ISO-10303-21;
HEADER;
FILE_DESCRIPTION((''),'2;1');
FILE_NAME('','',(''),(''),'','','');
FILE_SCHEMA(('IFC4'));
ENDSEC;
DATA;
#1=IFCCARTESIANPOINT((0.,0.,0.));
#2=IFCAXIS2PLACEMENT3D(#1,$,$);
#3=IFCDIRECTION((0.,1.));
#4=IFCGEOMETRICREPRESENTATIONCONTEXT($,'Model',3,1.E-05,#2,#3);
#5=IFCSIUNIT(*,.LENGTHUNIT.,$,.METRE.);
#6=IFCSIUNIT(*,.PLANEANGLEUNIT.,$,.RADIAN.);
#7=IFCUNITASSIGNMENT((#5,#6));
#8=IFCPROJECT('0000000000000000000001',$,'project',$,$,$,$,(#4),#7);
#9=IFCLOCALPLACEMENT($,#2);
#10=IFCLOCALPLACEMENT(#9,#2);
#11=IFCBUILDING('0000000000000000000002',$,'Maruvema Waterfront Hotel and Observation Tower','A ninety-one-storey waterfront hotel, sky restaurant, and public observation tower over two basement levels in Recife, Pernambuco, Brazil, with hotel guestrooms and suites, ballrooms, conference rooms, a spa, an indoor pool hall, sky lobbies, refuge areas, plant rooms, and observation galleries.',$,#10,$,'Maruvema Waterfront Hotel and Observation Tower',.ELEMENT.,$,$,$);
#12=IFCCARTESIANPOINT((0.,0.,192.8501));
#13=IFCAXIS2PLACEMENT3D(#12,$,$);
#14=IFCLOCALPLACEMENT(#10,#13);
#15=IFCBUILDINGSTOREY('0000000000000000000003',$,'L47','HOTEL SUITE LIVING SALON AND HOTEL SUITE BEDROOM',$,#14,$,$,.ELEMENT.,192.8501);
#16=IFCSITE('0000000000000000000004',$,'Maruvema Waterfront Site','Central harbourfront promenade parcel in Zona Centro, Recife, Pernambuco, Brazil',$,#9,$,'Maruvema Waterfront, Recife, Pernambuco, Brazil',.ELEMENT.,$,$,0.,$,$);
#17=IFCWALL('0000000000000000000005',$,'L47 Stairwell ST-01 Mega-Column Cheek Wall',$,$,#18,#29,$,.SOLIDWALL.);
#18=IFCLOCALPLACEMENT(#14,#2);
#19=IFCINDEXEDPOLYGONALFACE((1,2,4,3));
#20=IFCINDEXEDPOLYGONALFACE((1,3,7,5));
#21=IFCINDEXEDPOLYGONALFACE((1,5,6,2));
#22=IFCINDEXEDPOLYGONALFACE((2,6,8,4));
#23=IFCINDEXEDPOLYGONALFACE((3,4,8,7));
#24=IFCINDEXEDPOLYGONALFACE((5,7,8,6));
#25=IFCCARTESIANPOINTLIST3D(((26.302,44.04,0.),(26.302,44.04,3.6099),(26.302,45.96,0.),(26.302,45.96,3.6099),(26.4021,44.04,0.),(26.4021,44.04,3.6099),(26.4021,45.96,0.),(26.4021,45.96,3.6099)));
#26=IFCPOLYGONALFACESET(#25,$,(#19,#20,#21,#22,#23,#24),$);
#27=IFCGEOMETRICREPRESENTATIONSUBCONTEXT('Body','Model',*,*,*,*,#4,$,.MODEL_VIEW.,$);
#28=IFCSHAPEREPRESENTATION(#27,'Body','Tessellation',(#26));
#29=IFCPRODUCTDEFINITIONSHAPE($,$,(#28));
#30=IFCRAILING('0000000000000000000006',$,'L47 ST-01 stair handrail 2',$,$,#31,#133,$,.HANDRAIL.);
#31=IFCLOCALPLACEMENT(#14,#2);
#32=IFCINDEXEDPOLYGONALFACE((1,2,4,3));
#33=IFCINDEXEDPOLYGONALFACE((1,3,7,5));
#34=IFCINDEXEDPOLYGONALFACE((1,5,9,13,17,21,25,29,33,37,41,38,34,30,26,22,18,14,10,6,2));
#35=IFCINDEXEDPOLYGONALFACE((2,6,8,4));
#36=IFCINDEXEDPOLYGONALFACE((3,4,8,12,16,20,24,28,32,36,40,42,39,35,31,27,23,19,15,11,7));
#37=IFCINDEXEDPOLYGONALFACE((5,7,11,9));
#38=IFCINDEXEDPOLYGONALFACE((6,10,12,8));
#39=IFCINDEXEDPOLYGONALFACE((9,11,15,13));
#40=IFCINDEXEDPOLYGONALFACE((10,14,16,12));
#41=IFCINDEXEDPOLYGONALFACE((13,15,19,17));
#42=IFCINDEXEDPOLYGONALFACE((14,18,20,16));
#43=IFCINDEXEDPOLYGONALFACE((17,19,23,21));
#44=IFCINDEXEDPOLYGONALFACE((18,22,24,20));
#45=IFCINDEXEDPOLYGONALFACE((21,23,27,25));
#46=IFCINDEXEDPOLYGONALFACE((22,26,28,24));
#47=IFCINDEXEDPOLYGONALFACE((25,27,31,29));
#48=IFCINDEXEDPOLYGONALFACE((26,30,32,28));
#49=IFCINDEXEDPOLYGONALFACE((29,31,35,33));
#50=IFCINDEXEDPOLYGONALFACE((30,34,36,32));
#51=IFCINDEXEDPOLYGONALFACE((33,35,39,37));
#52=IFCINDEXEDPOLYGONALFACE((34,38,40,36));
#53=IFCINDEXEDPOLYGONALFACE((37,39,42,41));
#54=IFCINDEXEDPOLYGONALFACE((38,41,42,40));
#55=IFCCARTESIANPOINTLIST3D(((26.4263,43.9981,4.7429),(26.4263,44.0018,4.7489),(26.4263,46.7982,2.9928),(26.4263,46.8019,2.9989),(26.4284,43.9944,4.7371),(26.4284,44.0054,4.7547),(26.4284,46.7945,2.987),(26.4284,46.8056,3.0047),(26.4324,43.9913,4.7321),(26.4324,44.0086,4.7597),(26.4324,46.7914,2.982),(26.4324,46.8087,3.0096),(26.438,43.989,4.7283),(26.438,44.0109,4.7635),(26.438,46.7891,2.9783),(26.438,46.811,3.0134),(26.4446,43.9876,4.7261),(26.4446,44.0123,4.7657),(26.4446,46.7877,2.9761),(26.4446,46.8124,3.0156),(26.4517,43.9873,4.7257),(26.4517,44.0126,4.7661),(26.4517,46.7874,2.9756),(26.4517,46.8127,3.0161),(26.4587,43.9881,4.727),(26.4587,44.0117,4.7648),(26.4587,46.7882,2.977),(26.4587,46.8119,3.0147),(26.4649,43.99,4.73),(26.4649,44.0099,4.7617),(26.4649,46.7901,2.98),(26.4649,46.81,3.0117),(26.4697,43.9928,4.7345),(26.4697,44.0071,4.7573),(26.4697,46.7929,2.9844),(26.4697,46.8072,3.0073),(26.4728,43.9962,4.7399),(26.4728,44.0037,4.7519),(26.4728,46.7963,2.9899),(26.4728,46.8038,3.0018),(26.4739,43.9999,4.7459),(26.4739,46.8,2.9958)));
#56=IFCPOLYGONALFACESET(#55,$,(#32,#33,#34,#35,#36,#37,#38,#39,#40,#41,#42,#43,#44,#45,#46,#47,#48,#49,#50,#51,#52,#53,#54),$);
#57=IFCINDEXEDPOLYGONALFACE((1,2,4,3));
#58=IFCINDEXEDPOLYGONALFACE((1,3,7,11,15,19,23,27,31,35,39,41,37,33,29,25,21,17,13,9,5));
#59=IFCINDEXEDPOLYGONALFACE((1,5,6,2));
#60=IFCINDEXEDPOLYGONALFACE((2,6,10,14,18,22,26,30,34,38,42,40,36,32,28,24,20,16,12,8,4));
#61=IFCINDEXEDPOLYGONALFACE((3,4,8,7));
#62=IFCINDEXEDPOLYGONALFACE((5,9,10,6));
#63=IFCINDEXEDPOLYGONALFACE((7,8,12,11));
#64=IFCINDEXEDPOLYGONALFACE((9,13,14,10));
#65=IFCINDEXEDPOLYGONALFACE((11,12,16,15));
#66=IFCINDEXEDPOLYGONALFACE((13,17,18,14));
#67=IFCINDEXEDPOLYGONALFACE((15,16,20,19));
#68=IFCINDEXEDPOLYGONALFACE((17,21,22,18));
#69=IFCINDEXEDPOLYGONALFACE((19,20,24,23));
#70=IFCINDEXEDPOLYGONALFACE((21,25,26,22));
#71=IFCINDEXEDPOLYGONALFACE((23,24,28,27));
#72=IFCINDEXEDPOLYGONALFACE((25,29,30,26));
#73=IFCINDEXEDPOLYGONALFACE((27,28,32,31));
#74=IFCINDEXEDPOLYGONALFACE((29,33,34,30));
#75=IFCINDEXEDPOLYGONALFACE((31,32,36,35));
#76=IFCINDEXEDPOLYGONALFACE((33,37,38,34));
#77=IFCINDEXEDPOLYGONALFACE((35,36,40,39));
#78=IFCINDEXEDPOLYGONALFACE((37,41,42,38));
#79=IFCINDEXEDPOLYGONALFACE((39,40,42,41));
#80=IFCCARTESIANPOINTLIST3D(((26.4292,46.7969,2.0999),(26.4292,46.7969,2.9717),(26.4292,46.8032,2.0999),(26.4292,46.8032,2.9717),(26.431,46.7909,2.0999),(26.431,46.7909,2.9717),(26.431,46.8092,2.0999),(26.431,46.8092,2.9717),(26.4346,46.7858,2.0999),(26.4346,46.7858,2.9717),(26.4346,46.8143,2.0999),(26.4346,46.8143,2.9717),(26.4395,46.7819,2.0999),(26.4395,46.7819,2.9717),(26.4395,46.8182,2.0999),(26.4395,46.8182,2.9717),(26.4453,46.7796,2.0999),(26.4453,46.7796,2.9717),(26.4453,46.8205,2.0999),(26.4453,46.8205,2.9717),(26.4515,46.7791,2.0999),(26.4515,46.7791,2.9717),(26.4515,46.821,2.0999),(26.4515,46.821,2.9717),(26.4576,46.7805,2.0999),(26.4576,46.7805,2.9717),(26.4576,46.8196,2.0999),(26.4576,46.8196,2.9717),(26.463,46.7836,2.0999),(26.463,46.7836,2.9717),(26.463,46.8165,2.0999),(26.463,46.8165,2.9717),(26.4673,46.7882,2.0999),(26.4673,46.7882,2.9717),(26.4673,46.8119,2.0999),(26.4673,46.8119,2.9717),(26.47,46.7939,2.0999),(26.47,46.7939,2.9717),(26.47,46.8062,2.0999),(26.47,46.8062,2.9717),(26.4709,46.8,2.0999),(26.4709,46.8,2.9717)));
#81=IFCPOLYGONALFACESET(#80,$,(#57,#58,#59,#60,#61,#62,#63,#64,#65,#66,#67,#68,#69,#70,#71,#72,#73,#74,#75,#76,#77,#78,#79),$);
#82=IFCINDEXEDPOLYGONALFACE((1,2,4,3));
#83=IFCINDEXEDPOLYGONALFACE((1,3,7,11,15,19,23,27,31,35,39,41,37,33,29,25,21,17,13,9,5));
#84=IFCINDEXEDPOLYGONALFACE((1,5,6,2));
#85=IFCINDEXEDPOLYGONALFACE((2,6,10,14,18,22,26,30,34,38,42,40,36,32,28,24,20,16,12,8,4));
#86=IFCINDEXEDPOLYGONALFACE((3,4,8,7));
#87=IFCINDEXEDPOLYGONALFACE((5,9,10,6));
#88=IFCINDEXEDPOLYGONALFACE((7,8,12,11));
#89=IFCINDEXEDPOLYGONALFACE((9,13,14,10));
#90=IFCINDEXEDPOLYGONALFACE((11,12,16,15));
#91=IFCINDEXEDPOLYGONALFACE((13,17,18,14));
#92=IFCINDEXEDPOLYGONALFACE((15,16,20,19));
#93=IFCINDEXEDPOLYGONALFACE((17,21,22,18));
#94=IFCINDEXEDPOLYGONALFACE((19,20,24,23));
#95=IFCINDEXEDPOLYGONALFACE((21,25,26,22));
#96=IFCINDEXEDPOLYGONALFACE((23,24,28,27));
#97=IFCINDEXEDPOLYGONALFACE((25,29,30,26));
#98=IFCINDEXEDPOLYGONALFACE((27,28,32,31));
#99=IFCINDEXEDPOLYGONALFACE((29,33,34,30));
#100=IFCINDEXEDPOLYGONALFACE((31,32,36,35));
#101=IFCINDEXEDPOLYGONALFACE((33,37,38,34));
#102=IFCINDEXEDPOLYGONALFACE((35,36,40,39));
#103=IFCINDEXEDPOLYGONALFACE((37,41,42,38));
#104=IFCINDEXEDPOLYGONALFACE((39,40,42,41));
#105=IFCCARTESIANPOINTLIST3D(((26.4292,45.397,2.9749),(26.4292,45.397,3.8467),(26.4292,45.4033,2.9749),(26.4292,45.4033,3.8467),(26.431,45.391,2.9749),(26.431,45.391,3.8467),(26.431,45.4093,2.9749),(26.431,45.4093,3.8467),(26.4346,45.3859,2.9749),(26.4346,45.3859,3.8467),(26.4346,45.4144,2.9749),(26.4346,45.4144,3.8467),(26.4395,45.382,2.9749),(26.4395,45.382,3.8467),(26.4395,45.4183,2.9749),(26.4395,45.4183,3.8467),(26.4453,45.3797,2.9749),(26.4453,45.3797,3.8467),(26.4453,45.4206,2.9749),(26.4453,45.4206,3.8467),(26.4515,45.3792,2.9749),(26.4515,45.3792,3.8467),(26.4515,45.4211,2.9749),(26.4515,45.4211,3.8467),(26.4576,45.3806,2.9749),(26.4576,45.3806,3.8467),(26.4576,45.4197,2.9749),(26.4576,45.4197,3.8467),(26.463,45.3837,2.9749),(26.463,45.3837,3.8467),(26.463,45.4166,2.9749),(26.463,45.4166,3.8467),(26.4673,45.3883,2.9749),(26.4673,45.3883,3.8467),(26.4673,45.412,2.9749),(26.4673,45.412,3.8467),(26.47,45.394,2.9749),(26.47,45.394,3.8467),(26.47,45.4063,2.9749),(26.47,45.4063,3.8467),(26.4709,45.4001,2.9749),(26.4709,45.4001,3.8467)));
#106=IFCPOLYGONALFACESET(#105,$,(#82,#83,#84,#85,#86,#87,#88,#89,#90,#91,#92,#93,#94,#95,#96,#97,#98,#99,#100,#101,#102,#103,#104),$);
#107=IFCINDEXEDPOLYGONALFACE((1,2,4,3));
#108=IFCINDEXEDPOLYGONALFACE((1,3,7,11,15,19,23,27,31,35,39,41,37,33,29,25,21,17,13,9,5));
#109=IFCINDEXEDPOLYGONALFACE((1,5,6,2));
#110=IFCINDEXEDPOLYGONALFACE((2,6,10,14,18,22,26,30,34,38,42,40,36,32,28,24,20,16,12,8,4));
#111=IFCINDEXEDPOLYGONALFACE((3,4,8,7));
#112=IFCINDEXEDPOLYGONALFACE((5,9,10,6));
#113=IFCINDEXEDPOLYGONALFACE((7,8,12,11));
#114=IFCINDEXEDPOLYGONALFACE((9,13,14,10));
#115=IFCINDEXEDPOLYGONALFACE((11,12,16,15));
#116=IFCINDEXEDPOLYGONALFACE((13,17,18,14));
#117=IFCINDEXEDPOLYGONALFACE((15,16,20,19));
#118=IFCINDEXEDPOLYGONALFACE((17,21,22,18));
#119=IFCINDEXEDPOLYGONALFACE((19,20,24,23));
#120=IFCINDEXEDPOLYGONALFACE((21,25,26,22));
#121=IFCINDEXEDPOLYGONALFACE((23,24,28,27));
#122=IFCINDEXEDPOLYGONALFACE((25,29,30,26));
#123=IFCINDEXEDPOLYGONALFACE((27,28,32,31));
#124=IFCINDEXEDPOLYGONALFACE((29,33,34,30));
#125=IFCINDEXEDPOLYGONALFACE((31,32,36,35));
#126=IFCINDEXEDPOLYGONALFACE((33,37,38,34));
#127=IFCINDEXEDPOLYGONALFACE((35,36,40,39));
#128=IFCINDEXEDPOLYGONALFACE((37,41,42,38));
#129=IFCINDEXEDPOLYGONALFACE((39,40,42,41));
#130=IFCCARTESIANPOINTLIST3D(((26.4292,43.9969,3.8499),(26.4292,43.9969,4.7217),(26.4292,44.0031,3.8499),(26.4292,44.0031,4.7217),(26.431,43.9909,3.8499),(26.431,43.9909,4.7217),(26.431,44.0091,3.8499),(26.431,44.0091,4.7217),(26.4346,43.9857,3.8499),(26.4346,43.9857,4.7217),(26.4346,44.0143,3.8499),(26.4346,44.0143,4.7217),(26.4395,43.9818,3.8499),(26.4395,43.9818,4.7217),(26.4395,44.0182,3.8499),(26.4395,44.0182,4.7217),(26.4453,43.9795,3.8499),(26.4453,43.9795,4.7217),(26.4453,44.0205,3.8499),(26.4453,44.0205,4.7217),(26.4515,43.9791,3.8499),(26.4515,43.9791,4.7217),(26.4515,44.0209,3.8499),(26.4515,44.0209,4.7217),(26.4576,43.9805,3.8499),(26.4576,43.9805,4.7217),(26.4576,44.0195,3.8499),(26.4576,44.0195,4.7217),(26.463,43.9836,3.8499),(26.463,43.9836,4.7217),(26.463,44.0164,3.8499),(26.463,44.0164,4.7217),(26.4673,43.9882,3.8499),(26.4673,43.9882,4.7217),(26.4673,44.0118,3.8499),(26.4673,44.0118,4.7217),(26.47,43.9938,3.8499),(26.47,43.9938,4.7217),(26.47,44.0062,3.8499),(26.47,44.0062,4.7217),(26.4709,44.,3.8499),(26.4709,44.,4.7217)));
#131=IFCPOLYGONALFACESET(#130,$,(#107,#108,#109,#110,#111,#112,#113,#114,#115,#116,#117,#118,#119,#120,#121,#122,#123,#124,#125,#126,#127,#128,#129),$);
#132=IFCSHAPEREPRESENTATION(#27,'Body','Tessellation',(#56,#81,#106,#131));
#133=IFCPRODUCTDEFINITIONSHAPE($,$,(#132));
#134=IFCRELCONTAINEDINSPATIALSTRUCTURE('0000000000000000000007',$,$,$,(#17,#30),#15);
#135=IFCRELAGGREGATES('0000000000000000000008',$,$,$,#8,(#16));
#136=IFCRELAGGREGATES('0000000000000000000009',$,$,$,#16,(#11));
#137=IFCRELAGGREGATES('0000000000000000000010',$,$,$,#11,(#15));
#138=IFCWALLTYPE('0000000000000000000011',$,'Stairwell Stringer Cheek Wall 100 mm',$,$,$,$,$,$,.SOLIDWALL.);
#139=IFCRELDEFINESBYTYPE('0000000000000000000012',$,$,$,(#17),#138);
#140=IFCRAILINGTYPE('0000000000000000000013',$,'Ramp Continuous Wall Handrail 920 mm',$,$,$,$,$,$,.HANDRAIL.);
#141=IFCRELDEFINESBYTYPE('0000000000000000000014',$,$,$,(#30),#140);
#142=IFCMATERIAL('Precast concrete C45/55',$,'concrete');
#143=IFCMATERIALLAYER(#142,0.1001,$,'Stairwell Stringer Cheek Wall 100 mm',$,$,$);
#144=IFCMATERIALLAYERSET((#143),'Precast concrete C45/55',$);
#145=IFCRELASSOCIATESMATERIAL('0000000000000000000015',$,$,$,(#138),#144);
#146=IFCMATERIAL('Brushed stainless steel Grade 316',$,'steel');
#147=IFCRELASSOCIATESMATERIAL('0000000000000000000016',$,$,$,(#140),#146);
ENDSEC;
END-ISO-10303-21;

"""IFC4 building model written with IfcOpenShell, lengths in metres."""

from ifc_helpers import new_model, si_unit, direction, frame, frame_2d, origin, origin_2d, place, context, subcontext, project, spatial, rectangle, circle, extrude, material, layer, layer_set, type_object, element, save


model = new_model("IFC4")

# Units and contexts
model_context = context("Model", 3, precision=1e-05, world=origin(), true_north=direction((0.0, 1.0)))
body_context = subcontext(model_context, "Body", "Model", "MODEL_VIEW")
ifc_project = project(units=[si_unit("LENGTHUNIT", "METRE"), si_unit("PLANEANGLEUNIT", "RADIAN")], contexts=[model_context])

# Site, building, storey
site_placement = place(None, origin())
site = spatial("IfcSite", under=ifc_project, at=site_placement, Name="Maruvema Waterfront Site", Description="Central harbourfront promenade parcel in Zona Centro, Recife, Pernambuco, Brazil", LongName="Maruvema Waterfront, Recife, Pernambuco, Brazil", CompositionType="ELEMENT", RefElevation=0.0)
building_placement = place(site_placement, origin())
building = spatial("IfcBuilding", under=site, at=building_placement, Name="Maruvema Waterfront Hotel and Observation Tower", Description="A ninety-one-storey waterfront hotel, sky restaurant, and public observation tower over two basement levels in Recife, Pernambuco, Brazil, with hotel guestrooms and suites, ballrooms, conference rooms, a spa, an indoor pool hall, sky lobbies, refuge areas, plant rooms, and observation galleries.", LongName="Maruvema Waterfront Hotel and Observation Tower", CompositionType="ELEMENT")
storey_placement = place(building_placement, frame((0.0, 0.0, 192.8501)))
storey = spatial("IfcBuildingStorey", under=building, at=storey_placement, Name="L47", Description="HOTEL SUITE LIVING SALON AND HOTEL SUITE BEDROOM", CompositionType="ELEMENT", Elevation=192.8501)

# Wall
ifc_material_1 = material(Name="Precast concrete C45/55", Category="concrete")
ifc_layer_1 = layer(ifc_material_1, 0.1001, Name="Stairwell Stringer Cheek Wall 100 mm")
ifc_layer_set_1 = layer_set([ifc_layer_1], Name="Precast concrete C45/55")
wall_type_1 = type_object("IfcWallType", Name="Stairwell Stringer Cheek Wall 100 mm", PredefinedType="SOLIDWALL", material=ifc_layer_set_1)
wall_1_placement = place(storey_placement, frame((26.3521, 44.04, 0.0), z_axis=(0.0, 0.0, 1.0), x_axis=(0.0, 1.0, 0.0)))
element("IfcWall", 1, at=wall_1_placement, inside=storey, type_object=wall_type_1, Name="L47 Stairwell ST-01 Mega-Column Cheek Wall", PredefinedType="SOLIDWALL", context=body_context, shape_type="SweptSolid", body=[
    extrude(rectangle(XDim=1.9199, YDim=0.1001, at=frame_2d((0.96, 0.0))), origin(), (0.0, 0.0, 1.0), 3.6099),
])

# Railing
ifc_material_2 = material(Name="Brushed stainless steel Grade 316", Category="steel")
railing_type = type_object("IfcRailingType", Name="Ramp Continuous Wall Handrail 920 mm", PredefinedType="HANDRAIL", material=ifc_material_2)
railing_placement = place(storey_placement, frame((26.45, 46.8, 2.0999)))
element("IfcRailing", 2, at=railing_placement, inside=storey, type_object=railing_type, Name="L47 ST-01 stair handrail 2", PredefinedType="HANDRAIL", context=body_context, shape_type="SweptSolid", body=[
    extrude(circle(Radius=0.0239, at=origin_2d()), frame((0.0, 0.0, 0.896), z_axis=(0.0, -0.848002, 0.529992), x_axis=(1.0, 0.0, 0.0)), (0.0, 0.0, 1.0), 3.302),
    extrude(circle(Radius=0.021, at=origin_2d()), origin(), (0.0, 0.0, 1.0), 0.8718),
    extrude(circle(Radius=0.021, at=origin_2d()), frame((0.0, -1.3999, 0.875)), (0.0, 0.0, 1.0), 0.8718),
    extrude(circle(Radius=0.021, at=origin_2d()), frame((0.0, -2.8, 1.75)), (0.0, 0.0, 1.0), 0.8718),
])

save(model, "model.ifc")
